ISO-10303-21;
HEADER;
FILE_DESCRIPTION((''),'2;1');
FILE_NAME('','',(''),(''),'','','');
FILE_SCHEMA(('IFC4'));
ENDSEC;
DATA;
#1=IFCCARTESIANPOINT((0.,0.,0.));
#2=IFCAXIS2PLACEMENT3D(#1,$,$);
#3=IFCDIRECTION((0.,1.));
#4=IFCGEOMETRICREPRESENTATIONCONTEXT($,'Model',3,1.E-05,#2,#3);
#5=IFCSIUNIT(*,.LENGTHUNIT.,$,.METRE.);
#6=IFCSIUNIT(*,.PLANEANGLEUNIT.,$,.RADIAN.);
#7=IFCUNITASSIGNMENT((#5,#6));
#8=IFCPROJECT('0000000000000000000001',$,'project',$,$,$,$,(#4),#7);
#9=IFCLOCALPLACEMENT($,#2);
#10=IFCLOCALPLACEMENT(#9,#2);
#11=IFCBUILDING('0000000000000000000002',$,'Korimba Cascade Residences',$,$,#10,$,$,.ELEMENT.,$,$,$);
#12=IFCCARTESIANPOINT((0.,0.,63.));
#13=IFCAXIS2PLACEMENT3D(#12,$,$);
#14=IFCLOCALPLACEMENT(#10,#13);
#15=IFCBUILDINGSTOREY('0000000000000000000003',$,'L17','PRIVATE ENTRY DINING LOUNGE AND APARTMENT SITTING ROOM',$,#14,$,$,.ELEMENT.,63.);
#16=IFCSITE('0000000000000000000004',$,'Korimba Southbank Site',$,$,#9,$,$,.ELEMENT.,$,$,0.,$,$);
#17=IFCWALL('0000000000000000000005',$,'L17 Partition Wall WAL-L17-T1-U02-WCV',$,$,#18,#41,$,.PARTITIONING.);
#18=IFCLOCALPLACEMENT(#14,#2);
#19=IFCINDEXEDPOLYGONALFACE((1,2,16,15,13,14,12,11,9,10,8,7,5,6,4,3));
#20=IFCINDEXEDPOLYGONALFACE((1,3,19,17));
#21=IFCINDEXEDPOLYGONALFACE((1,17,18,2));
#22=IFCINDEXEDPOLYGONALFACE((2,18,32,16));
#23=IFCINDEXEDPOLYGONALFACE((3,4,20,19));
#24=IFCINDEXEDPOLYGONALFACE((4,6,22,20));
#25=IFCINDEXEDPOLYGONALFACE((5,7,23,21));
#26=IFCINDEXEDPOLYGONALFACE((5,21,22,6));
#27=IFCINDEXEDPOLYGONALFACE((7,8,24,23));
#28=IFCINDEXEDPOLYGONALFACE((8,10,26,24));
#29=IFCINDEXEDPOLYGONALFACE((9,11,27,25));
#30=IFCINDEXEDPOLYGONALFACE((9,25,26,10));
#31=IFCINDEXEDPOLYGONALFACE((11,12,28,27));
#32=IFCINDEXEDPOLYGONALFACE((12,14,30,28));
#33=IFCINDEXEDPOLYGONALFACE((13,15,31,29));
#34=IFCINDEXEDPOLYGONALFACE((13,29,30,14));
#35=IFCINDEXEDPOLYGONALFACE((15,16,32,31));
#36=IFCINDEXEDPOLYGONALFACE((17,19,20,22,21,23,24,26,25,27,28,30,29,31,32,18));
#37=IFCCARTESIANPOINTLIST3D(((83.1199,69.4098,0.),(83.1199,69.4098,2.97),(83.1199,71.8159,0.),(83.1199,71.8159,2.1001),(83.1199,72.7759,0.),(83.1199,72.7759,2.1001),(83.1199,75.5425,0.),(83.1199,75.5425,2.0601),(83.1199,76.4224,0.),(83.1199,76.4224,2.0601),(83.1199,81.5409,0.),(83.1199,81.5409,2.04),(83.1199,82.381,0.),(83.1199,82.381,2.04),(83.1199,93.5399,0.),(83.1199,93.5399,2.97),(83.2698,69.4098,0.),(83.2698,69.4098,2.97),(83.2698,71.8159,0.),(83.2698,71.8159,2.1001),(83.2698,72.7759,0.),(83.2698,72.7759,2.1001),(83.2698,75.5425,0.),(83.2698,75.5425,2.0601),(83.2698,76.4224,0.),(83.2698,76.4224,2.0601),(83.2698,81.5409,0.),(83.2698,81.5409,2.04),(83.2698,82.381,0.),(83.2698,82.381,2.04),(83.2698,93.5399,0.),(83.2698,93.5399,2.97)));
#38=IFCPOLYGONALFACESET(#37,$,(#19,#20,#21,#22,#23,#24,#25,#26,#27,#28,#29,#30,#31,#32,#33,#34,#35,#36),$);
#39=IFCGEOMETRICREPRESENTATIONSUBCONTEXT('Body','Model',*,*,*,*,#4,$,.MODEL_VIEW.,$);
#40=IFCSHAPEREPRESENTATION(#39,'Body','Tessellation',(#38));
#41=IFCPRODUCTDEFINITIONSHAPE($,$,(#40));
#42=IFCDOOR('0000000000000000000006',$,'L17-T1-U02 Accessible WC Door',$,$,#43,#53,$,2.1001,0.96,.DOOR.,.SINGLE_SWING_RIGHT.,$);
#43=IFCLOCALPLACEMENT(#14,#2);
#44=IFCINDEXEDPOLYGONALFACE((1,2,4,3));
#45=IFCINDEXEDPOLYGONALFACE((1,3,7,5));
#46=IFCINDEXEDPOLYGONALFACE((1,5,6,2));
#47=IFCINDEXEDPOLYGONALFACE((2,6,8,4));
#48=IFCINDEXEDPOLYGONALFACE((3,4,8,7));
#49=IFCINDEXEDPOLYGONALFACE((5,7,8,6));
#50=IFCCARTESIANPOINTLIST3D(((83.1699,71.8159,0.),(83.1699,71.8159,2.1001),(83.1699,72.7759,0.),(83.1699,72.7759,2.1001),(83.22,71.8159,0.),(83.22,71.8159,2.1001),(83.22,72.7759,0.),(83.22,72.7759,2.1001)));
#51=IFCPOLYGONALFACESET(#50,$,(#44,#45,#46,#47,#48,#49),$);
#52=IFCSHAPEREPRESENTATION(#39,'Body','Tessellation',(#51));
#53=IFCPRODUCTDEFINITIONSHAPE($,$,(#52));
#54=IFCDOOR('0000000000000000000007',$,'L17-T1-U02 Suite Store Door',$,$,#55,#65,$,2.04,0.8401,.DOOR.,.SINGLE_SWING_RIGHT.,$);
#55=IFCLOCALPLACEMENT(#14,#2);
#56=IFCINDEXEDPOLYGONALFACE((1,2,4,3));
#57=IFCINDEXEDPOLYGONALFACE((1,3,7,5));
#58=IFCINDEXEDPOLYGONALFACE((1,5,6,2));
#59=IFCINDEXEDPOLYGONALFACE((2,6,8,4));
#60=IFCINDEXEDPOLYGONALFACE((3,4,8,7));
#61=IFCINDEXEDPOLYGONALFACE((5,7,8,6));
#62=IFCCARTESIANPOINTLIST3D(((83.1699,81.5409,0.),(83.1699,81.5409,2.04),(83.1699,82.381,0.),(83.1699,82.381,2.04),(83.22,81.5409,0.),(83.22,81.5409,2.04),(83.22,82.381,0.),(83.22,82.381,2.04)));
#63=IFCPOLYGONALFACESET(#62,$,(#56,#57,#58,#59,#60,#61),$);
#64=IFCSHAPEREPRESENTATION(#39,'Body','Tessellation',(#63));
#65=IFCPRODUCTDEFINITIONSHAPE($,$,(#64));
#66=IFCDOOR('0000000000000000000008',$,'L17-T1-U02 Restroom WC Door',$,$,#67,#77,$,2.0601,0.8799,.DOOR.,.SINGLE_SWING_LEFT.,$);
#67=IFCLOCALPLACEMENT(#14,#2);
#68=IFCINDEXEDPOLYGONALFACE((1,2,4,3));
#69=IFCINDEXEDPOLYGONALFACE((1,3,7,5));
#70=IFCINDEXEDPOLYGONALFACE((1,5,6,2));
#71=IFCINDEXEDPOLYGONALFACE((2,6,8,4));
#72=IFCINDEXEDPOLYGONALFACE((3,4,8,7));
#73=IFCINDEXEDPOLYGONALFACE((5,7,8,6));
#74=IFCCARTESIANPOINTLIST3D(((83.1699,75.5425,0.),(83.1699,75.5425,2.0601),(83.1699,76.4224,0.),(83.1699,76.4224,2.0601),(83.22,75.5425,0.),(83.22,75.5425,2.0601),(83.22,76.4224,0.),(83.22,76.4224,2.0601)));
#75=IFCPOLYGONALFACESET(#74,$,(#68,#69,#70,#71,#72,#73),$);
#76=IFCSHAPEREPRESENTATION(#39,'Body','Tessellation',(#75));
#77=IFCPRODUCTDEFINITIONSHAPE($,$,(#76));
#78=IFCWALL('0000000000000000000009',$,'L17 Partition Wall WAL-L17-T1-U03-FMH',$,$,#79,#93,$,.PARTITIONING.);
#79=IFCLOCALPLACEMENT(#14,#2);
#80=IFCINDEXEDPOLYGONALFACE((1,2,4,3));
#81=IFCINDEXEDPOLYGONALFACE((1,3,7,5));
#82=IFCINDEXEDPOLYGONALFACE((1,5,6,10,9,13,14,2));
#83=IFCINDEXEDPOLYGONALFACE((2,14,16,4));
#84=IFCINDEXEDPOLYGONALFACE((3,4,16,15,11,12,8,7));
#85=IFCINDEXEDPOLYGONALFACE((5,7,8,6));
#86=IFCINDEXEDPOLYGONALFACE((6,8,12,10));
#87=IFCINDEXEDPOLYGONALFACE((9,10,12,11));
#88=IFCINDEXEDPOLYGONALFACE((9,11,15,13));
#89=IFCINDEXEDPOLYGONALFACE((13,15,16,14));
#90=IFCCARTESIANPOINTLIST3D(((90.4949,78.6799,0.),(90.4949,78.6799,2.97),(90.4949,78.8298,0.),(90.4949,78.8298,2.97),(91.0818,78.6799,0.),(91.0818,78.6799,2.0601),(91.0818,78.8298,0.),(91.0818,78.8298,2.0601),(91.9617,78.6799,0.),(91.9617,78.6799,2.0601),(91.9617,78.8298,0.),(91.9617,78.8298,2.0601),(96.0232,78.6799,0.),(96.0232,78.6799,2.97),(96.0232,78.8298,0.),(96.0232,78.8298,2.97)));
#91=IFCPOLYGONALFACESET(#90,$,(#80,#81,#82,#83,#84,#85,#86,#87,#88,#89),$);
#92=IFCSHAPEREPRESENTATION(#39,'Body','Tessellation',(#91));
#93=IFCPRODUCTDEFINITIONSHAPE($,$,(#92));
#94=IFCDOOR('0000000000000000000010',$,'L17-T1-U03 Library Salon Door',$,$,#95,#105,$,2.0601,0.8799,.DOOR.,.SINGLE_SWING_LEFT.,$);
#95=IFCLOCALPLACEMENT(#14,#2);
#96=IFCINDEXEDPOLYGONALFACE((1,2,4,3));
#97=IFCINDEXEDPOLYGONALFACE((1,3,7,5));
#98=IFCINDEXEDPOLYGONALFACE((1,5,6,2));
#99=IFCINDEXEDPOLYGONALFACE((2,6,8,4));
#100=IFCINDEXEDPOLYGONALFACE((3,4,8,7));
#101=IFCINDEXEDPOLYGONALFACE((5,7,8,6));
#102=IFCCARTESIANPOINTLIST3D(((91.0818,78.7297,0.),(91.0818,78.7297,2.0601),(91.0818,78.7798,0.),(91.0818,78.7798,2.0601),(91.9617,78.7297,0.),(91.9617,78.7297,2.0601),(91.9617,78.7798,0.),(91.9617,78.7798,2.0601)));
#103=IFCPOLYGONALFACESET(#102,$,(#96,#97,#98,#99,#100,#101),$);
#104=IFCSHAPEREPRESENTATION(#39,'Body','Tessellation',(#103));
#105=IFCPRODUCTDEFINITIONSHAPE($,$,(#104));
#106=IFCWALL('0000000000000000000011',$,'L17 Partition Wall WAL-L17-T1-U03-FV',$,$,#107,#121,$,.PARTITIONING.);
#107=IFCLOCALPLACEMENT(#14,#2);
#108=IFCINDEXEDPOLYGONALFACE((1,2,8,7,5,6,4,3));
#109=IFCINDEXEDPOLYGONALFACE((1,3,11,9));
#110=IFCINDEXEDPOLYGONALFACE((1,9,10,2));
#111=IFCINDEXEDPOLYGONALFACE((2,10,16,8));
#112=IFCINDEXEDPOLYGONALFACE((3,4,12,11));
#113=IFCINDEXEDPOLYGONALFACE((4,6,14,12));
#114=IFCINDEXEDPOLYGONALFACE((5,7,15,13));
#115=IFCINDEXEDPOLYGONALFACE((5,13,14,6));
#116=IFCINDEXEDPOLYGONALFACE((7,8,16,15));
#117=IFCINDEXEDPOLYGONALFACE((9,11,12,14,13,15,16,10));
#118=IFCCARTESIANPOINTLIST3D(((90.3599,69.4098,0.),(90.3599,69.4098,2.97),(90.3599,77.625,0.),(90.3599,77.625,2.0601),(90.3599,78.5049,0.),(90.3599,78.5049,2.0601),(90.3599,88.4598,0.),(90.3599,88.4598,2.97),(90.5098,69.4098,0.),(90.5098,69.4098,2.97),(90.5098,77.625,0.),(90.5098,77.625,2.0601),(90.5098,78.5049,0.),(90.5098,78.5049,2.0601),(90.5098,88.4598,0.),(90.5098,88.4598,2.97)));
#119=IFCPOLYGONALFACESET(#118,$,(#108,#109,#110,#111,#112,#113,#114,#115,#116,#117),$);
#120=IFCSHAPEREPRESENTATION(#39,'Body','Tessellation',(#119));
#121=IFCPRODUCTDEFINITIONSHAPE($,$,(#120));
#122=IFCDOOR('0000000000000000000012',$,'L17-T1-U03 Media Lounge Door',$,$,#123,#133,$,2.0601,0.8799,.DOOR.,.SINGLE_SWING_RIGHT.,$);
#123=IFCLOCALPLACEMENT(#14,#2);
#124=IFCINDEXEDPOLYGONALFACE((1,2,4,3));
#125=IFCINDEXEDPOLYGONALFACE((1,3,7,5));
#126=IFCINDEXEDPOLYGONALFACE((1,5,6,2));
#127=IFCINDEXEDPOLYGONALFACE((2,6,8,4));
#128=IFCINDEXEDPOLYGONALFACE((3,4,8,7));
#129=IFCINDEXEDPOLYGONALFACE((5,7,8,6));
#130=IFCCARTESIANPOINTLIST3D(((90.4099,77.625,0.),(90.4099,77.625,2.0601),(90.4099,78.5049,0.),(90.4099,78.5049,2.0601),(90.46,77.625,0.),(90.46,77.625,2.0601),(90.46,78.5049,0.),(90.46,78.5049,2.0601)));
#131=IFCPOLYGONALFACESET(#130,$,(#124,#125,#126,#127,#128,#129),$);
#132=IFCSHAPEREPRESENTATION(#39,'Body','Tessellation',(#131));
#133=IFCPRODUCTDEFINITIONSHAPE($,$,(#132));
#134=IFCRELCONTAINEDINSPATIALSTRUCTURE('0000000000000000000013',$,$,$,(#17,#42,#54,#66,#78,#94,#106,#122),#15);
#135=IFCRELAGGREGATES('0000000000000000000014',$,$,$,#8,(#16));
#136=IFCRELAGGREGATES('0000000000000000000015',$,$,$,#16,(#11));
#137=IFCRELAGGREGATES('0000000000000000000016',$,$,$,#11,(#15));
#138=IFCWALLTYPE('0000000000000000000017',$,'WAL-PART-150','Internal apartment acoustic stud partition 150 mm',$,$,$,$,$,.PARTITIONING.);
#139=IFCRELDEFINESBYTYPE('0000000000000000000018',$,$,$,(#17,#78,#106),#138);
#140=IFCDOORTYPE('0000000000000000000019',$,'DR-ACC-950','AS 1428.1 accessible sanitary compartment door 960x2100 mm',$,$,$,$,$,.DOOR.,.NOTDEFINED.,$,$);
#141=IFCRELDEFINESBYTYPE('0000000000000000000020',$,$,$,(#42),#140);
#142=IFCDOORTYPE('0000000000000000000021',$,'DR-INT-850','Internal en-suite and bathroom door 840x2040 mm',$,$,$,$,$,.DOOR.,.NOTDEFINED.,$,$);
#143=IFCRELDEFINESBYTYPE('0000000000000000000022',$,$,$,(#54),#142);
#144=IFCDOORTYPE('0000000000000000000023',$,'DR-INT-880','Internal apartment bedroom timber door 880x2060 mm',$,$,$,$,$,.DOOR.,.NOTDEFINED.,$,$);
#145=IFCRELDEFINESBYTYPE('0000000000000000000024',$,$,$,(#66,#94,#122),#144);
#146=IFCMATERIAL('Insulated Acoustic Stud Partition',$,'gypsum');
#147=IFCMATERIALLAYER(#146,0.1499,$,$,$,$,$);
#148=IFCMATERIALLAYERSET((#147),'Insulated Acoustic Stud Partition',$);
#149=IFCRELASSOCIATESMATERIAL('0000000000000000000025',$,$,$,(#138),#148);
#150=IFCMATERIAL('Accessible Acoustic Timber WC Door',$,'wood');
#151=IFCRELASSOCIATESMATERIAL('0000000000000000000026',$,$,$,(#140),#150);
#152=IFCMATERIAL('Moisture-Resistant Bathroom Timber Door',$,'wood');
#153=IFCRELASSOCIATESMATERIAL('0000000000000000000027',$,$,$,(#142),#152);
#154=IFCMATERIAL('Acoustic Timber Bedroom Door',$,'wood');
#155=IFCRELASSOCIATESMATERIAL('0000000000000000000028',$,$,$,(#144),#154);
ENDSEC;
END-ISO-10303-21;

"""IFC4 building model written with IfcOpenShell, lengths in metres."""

from ifc_helpers import new_model, si_unit, direction, frame, frame_2d, origin, place, context, subcontext, project, spatial, rectangle, extrude, material, layer, layer_set, type_object, element, fill, save


model = new_model("IFC4")

# Units and contexts
model_context = context("Model", 3, precision=1e-05, world=origin(), true_north=direction((0.0, 1.0)))
body_context = subcontext(model_context, "Body", "Model", "MODEL_VIEW")
ifc_project = project(units=[si_unit("LENGTHUNIT", "METRE"), si_unit("PLANEANGLEUNIT", "RADIAN")], contexts=[model_context])

# Site, building, storey
site_placement = place(None, origin())
site = spatial("IfcSite", under=ifc_project, at=site_placement, Name="Korimba Southbank Site", CompositionType="ELEMENT", RefElevation=0.0)
building_placement = place(site_placement, origin())
building = spatial("IfcBuilding", under=site, at=building_placement, Name="Korimba Cascade Residences", CompositionType="ELEMENT")
storey_placement = place(building_placement, frame((0.0, 0.0, 63.0)))
storey = spatial("IfcBuildingStorey", under=building, at=storey_placement, Name="L17", Description="PRIVATE ENTRY DINING LOUNGE AND APARTMENT SITTING ROOM", CompositionType="ELEMENT", Elevation=63.0)

# Shared definitions
ifc_material_1 = material(Name="Insulated Acoustic Stud Partition", Category="gypsum")
ifc_layer_1 = layer(ifc_material_1, 0.1499)
ifc_layer_set_1 = layer_set([ifc_layer_1], Name="Insulated Acoustic Stud Partition")
wall_type_1 = type_object("IfcWallType", Name="WAL-PART-150", Description="Internal apartment acoustic stud partition 150 mm", PredefinedType="PARTITIONING", material=ifc_layer_set_1)

# Wall, openings, doors
wall_1_placement = place(storey_placement, frame((83.1948, 69.4099, 0.0), z_axis=(0.0, 0.0, 1.0), x_axis=(0.0, 1.0, 0.0)))
wall_1 = element("IfcWall", 1, at=wall_1_placement, inside=storey, type_object=wall_type_1, Name="L17 Partition Wall WAL-L17-T1-U02-WCV", PredefinedType="PARTITIONING", context=body_context, shape_type="SweptSolid", body=[
    extrude(rectangle(XDim=24.1301, YDim=0.1499, at=frame_2d((12.0649, 0.0))), origin(), (0.0, 0.0, 1.0), 2.97),
])
opening_1_placement = place(wall_1_placement, frame((2.406, 0.0, 0.0)))
opening_1 = element("IfcOpeningElement", 2, at=opening_1_placement, cuts=wall_1, PredefinedType="OPENING", context=body_context, shape_type="SweptSolid", body=[
    extrude(rectangle(XDim=0.96, YDim=2.1001, at=frame_2d((0.48, 1.05))), frame((0.0, 0.085, 0.0), z_axis=(0.0, -1.0, 0.0), x_axis=(1.0, 0.0, 0.0)), (0.0, 0.0, 1.0), 0.1699),
])
opening_2_placement = place(wall_1_placement, frame((6.1326, 0.0, 0.0)))
opening_2 = element("IfcOpeningElement", 3, at=opening_2_placement, cuts=wall_1, PredefinedType="OPENING", context=body_context, shape_type="SweptSolid", body=[
    extrude(rectangle(XDim=0.8799, YDim=2.0601, at=frame_2d((0.4399, 1.03))), frame((0.0, 0.085, 0.0), z_axis=(0.0, -1.0, 0.0), x_axis=(1.0, 0.0, 0.0)), (0.0, 0.0, 1.0), 0.1699),
])
opening_3_placement = place(wall_1_placement, frame((12.1311, 0.0, 0.0)))
opening_3 = element("IfcOpeningElement", 4, at=opening_3_placement, cuts=wall_1, PredefinedType="OPENING", context=body_context, shape_type="SweptSolid", body=[
    extrude(rectangle(XDim=0.8401, YDim=2.04, at=frame_2d((0.4199, 1.02))), frame((0.0, 0.085, 0.0), z_axis=(0.0, -1.0, 0.0), x_axis=(1.0, 0.0, 0.0)), (0.0, 0.0, 1.0), 0.1699),
])
ifc_material_2 = material(Name="Accessible Acoustic Timber WC Door", Category="wood")
door_type_1 = type_object("IfcDoorType", Name="DR-ACC-950", Description="AS 1428.1 accessible sanitary compartment door 960x2100 mm", OperationType="NOTDEFINED", PredefinedType="DOOR", material=ifc_material_2)
door_1_placement = place(opening_1_placement, origin())
door_1 = element("IfcDoor", 5, at=door_1_placement, inside=storey, type_object=door_type_1, Name="L17-T1-U02 Accessible WC Door", OperationType="SINGLE_SWING_RIGHT", OverallHeight=2.1001, OverallWidth=0.96, PredefinedType="DOOR", context=body_context, shape_type="SweptSolid", body=[
    extrude(rectangle(XDim=0.96, YDim=2.1001, at=frame_2d((0.48, 1.05))), frame((0.0, 0.0249, 0.0), z_axis=(0.0, -1.0, 0.0), x_axis=(1.0, 0.0, 0.0)), (0.0, 0.0, 1.0), 0.05),
])
fill(opening_1, door_1)
ifc_material_3 = material(Name="Moisture-Resistant Bathroom Timber Door", Category="wood")
door_type_2 = type_object("IfcDoorType", Name="DR-INT-850", Description="Internal en-suite and bathroom door 840x2040 mm", OperationType="NOTDEFINED", PredefinedType="DOOR", material=ifc_material_3)
door_2_placement = place(opening_3_placement, origin())
door_2 = element("IfcDoor", 6, at=door_2_placement, inside=storey, type_object=door_type_2, Name="L17-T1-U02 Suite Store Door", OperationType="SINGLE_SWING_RIGHT", OverallHeight=2.04, OverallWidth=0.8401, PredefinedType="DOOR", context=body_context, shape_type="SweptSolid", body=[
    extrude(rectangle(XDim=0.8401, YDim=2.04, at=frame_2d((0.4199, 1.02))), frame((0.0, 0.0249, 0.0), z_axis=(0.0, -1.0, 0.0), x_axis=(1.0, 0.0, 0.0)), (0.0, 0.0, 1.0), 0.05),
])
fill(opening_3, door_2)
ifc_material_4 = material(Name="Acoustic Timber Bedroom Door", Category="wood")
door_type_3 = type_object("IfcDoorType", Name="DR-INT-880", Description="Internal apartment bedroom timber door 880x2060 mm", OperationType="NOTDEFINED", PredefinedType="DOOR", material=ifc_material_4)
door_3_placement = place(opening_2_placement, origin())
door_3 = element("IfcDoor", 7, at=door_3_placement, inside=storey, type_object=door_type_3, Name="L17-T1-U02 Restroom WC Door", OperationType="SINGLE_SWING_LEFT", OverallHeight=2.0601, OverallWidth=0.8799, PredefinedType="DOOR", context=body_context, shape_type="SweptSolid", body=[
    extrude(rectangle(XDim=0.8799, YDim=2.0601, at=frame_2d((0.4399, 1.03))), frame((0.0, 0.0249, 0.0), z_axis=(0.0, -1.0, 0.0), x_axis=(1.0, 0.0, 0.0)), (0.0, 0.0, 1.0), 0.05),
])
fill(opening_2, door_3)

# Walls, openings, doors
wall_2_placement = place(storey_placement, frame((90.4949, 78.7549, 0.0), z_axis=(0.0, 0.0, 1.0), x_axis=(1.0, 0.0, 0.0)))
wall_2 = element("IfcWall", 8, at=wall_2_placement, inside=storey, type_object=wall_type_1, Name="L17 Partition Wall WAL-L17-T1-U03-FMH", PredefinedType="PARTITIONING", context=body_context, shape_type="SweptSolid", body=[
    extrude(rectangle(XDim=5.5283, YDim=0.1499, at=frame_2d((2.7642, 0.0))), origin(), (0.0, 0.0, 1.0), 2.97),
])
opening_4_placement = place(wall_2_placement, frame((0.5869, 0.0, 0.0)))
opening_4 = element("IfcOpeningElement", 9, at=opening_4_placement, cuts=wall_2, PredefinedType="OPENING", context=body_context, shape_type="SweptSolid", body=[
    extrude(rectangle(XDim=0.8799, YDim=2.0601, at=frame_2d((0.4399, 1.03))), frame((0.0, 0.085, 0.0), z_axis=(0.0, -1.0, 0.0), x_axis=(1.0, 0.0, 0.0)), (0.0, 0.0, 1.0), 0.1699),
])
door_4_placement = place(opening_4_placement, origin())
door_4 = element("IfcDoor", 10, at=door_4_placement, inside=storey, type_object=door_type_3, Name="L17-T1-U03 Library Salon Door", OperationType="SINGLE_SWING_LEFT", OverallHeight=2.0601, OverallWidth=0.8799, PredefinedType="DOOR", context=body_context, shape_type="SweptSolid", body=[
    extrude(rectangle(XDim=0.8799, YDim=2.0601, at=frame_2d((0.4399, 1.03))), frame((0.0, 0.0249, 0.0), z_axis=(0.0, -1.0, 0.0), x_axis=(1.0, 0.0, 0.0)), (0.0, 0.0, 1.0), 0.05),
])
fill(opening_4, door_4)
wall_3_placement = place(storey_placement, frame((90.4348, 69.4099, 0.0), z_axis=(0.0, 0.0, 1.0), x_axis=(0.0, 1.0, 0.0)))
wall_3 = element("IfcWall", 11, at=wall_3_placement, inside=storey, type_object=wall_type_1, Name="L17 Partition Wall WAL-L17-T1-U03-FV", PredefinedType="PARTITIONING", context=body_context, shape_type="SweptSolid", body=[
    extrude(rectangle(XDim=19.05, YDim=0.1499, at=frame_2d((9.5249, 0.0))), origin(), (0.0, 0.0, 1.0), 2.97),
])
opening_5_placement = place(wall_3_placement, frame((8.2151, 0.0, 0.0)))
opening_5 = element("IfcOpeningElement", 12, at=opening_5_placement, cuts=wall_3, PredefinedType="OPENING", context=body_context, shape_type="SweptSolid", body=[
    extrude(rectangle(XDim=0.8799, YDim=2.0601, at=frame_2d((0.4399, 1.03))), frame((0.0, 0.085, 0.0), z_axis=(0.0, -1.0, 0.0), x_axis=(1.0, 0.0, 0.0)), (0.0, 0.0, 1.0), 0.1699),
])
door_5_placement = place(opening_5_placement, origin())
door_5 = element("IfcDoor", 13, at=door_5_placement, inside=storey, type_object=door_type_3, Name="L17-T1-U03 Media Lounge Door", OperationType="SINGLE_SWING_RIGHT", OverallHeight=2.0601, OverallWidth=0.8799, PredefinedType="DOOR", context=body_context, shape_type="SweptSolid", body=[
    extrude(rectangle(XDim=0.8799, YDim=2.0601, at=frame_2d((0.4399, 1.03))), frame((0.0, 0.0249, 0.0), z_axis=(0.0, -1.0, 0.0), x_axis=(1.0, 0.0, 0.0)), (0.0, 0.0, 1.0), 0.05),
])
fill(opening_5, door_5)

save(model, "model.ifc")
